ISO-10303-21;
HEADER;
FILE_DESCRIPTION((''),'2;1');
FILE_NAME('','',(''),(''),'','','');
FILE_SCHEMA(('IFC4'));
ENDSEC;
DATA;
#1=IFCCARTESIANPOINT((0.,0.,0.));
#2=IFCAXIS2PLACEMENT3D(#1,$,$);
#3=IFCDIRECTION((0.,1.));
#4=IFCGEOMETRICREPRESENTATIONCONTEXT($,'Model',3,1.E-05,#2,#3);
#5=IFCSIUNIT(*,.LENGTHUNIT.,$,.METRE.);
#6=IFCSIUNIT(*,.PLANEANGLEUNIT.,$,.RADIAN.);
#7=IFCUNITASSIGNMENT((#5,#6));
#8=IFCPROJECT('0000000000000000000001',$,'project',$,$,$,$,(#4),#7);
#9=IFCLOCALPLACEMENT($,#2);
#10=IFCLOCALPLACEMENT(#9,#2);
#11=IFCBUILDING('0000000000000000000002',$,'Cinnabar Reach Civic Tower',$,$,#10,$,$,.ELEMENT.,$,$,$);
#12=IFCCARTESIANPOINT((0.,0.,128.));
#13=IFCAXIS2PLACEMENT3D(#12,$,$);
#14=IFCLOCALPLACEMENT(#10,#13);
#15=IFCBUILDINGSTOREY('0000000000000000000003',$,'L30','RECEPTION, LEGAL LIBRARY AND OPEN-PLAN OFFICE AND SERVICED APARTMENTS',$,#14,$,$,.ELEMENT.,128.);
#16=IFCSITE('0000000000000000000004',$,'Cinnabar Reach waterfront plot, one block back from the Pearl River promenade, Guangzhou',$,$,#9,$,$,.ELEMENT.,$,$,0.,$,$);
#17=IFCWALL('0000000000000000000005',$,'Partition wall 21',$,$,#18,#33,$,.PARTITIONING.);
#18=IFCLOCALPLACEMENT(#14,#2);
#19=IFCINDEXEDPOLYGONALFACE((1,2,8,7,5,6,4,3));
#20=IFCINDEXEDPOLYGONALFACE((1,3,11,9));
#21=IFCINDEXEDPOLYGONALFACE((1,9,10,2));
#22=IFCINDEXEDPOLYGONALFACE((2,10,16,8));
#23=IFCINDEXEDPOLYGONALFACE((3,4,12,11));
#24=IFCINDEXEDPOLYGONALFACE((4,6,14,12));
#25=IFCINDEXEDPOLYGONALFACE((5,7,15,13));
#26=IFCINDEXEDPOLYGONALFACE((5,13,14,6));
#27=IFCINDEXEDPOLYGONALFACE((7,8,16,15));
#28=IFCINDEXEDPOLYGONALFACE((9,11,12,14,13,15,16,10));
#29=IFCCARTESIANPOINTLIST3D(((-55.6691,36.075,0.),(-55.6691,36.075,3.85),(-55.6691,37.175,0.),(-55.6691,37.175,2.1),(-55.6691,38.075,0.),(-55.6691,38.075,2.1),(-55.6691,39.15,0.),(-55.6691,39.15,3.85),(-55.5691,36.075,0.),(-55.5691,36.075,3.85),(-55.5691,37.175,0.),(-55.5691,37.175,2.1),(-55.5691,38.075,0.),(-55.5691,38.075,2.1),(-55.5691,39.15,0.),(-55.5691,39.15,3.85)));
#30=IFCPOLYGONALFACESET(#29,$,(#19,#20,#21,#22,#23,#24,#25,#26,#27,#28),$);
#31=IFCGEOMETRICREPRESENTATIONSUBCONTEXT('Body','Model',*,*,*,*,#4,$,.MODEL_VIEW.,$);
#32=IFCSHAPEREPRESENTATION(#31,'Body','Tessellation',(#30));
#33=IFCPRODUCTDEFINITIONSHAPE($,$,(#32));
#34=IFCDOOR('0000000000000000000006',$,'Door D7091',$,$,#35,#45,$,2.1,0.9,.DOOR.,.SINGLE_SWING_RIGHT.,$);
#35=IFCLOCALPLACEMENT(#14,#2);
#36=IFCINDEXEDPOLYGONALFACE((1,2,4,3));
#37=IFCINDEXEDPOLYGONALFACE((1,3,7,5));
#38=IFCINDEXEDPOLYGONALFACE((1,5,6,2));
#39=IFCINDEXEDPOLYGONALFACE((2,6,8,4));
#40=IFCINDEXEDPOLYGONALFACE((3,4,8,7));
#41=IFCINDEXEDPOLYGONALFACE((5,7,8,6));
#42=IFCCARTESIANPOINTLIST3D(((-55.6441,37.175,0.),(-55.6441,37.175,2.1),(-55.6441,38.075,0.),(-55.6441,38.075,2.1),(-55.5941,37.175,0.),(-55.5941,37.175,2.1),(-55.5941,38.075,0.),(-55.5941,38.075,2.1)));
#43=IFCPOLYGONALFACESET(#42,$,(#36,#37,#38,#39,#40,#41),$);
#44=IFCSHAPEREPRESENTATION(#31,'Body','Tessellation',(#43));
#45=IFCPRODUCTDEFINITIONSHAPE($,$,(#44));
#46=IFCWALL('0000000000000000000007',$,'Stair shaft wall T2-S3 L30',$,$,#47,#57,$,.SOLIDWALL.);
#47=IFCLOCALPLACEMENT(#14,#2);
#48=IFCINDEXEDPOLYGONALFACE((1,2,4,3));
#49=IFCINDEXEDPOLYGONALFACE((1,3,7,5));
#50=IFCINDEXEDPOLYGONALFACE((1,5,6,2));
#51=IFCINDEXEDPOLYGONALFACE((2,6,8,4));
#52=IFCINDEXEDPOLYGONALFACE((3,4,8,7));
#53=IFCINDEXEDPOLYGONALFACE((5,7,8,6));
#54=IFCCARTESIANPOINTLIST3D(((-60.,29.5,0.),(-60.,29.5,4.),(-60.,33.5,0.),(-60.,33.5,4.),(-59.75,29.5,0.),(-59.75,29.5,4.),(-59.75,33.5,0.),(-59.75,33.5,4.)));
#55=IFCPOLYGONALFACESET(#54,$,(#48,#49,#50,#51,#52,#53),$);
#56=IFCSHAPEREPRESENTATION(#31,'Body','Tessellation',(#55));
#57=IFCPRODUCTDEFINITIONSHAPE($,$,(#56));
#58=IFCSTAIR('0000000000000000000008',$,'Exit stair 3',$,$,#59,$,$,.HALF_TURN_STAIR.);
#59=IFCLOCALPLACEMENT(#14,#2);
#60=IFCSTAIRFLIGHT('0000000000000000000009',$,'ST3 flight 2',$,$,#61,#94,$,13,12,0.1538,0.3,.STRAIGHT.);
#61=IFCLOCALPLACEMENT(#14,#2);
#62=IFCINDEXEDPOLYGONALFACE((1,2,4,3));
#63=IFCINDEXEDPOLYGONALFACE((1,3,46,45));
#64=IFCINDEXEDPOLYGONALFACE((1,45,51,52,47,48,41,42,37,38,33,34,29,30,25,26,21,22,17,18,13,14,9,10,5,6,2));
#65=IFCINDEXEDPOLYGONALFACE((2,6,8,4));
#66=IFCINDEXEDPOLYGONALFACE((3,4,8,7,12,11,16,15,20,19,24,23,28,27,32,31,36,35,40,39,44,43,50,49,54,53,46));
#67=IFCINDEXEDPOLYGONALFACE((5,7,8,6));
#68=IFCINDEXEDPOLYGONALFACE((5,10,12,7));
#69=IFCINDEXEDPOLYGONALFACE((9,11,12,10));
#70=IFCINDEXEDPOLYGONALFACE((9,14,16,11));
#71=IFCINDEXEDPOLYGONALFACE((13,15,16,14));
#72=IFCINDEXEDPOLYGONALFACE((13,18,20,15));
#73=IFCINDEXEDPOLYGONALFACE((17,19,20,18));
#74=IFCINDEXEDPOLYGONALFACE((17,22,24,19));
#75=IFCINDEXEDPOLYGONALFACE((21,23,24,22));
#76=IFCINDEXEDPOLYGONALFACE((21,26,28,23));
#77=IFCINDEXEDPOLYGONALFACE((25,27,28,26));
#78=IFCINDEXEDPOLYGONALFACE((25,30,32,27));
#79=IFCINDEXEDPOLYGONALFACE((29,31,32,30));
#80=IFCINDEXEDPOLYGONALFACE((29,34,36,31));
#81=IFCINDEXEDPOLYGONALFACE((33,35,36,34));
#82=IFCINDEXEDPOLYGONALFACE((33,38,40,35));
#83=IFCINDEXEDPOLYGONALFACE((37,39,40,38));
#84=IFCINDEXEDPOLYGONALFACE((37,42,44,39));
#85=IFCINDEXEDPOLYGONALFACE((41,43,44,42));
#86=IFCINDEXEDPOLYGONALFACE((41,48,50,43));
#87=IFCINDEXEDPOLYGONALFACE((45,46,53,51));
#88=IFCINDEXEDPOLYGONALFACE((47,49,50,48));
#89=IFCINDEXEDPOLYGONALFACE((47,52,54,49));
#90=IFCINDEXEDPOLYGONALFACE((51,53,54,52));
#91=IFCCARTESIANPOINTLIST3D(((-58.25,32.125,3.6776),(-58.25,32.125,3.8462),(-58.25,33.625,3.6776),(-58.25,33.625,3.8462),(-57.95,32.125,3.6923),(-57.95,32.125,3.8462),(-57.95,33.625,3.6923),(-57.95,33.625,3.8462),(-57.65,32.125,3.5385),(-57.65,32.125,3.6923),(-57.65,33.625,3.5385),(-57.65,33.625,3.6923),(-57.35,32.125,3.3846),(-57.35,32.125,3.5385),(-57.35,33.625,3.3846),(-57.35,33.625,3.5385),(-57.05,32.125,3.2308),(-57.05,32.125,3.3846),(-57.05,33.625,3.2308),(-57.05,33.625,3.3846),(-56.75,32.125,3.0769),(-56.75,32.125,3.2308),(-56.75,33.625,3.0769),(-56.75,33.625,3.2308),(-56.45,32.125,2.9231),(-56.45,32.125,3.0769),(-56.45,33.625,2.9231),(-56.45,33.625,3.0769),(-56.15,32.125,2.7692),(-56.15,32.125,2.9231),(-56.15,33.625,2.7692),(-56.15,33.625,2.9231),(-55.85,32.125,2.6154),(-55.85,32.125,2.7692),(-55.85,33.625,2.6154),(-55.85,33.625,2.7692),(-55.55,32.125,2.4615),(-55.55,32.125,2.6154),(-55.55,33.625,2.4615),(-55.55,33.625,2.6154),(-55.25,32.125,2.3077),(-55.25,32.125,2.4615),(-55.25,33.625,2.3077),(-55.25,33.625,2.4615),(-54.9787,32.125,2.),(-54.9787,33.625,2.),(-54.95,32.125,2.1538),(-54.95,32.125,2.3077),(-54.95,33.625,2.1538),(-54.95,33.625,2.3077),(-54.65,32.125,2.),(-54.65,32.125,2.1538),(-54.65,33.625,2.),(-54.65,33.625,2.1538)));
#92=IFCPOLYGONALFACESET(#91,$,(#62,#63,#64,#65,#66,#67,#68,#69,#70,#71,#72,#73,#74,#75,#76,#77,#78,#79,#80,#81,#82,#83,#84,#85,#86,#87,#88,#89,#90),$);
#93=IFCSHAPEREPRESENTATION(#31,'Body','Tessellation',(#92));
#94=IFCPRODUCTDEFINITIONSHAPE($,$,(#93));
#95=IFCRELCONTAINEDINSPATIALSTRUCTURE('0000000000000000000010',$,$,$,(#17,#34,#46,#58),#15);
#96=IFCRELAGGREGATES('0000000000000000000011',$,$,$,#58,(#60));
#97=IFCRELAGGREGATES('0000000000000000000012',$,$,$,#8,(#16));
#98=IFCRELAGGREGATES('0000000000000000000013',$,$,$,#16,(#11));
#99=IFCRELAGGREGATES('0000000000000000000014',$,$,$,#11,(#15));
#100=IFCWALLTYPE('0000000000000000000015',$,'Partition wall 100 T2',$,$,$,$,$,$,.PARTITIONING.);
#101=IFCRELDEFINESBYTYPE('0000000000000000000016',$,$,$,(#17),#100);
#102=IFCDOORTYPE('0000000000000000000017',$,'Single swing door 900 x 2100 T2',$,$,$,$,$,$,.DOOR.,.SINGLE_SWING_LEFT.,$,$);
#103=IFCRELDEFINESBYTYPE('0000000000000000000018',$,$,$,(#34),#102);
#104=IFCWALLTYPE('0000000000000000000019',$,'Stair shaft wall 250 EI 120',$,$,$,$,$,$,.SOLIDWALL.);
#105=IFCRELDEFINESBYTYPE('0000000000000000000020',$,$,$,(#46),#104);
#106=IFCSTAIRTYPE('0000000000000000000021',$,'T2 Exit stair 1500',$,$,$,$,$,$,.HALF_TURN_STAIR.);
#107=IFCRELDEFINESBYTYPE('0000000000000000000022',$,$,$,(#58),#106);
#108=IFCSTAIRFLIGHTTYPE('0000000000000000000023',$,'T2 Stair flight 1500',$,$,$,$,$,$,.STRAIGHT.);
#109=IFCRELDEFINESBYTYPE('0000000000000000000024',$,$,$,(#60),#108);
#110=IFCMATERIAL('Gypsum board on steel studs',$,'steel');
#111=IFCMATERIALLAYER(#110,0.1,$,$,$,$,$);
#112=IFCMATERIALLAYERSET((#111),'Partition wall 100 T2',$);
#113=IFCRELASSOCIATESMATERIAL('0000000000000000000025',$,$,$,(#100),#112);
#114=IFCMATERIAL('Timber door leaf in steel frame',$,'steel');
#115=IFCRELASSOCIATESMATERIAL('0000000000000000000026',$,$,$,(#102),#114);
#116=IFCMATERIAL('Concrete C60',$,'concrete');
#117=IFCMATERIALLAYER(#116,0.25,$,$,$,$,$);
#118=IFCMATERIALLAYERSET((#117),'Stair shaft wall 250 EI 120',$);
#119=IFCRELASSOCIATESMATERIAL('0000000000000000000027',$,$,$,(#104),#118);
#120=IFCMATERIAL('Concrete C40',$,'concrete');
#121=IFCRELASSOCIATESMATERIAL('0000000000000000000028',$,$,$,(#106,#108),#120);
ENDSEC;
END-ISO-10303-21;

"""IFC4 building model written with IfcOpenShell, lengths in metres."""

from ifc_helpers import new_model, si_unit, direction, frame, frame_2d, origin, place, context, subcontext, project, spatial, polyline, rectangle, outline, extrude, material, layer, layer_set, type_object, element, fill, aggregate, save


model = new_model("IFC4")

# Units and contexts
model_context = context("Model", 3, precision=1e-05, world=origin(), true_north=direction((0.0, 1.0)))
body_context = subcontext(model_context, "Body", "Model", "MODEL_VIEW")
ifc_project = project(units=[si_unit("LENGTHUNIT", "METRE"), si_unit("PLANEANGLEUNIT", "RADIAN")], contexts=[model_context])

# Site, building, storey
site_placement = place(None, origin())
site = spatial("IfcSite", under=ifc_project, at=site_placement, Name="Cinnabar Reach waterfront plot, one block back from the Pearl River promenade, Guangzhou", CompositionType="ELEMENT", RefElevation=0.0)
building_placement = place(site_placement, origin())
building = spatial("IfcBuilding", under=site, at=building_placement, Name="Cinnabar Reach Civic Tower", CompositionType="ELEMENT")
storey_placement = place(building_placement, frame((0.0, 0.0, 128.0)))
storey = spatial("IfcBuildingStorey", under=building, at=storey_placement, Name="L30", Description="RECEPTION, LEGAL LIBRARY AND OPEN-PLAN OFFICE AND SERVICED APARTMENTS", CompositionType="ELEMENT", Elevation=128.0)

# Shared definitions
ifc_material_1 = material(Name="Concrete C60", Category="concrete")

# Wall, opening, door
ifc_material_2 = material(Name="Gypsum board on steel studs", Category="steel")
ifc_layer_1 = layer(ifc_material_2, 0.1)
ifc_layer_set_1 = layer_set([ifc_layer_1], Name="Partition wall 100 T2")
wall_type_1 = type_object("IfcWallType", Name="Partition wall 100 T2", PredefinedType="PARTITIONING", material=ifc_layer_set_1)
wall_1_placement = place(storey_placement, frame((-55.6191, 36.075, 0.0), z_axis=(0.0, 0.0, 1.0), x_axis=(0.0, 1.0, 0.0)))
wall_1 = element("IfcWall", 1, at=wall_1_placement, inside=storey, type_object=wall_type_1, Name="Partition wall 21", PredefinedType="PARTITIONING", context=body_context, shape_type="SweptSolid", body=[
    extrude(rectangle(XDim=3.075, YDim=0.1, at=frame_2d((1.5375, 0.0))), origin(), (0.0, 0.0, 1.0), 3.85),
])
opening_placement = place(wall_1_placement, frame((1.1, 0.0, 0.0)))
opening = element("IfcOpeningElement", 2, at=opening_placement, cuts=wall_1, PredefinedType="OPENING", context=body_context, shape_type="SweptSolid", body=[
    extrude(rectangle(XDim=0.9, YDim=2.1, at=frame_2d((0.45, 1.05))), frame((0.0, 0.06, 0.0), z_axis=(0.0, -1.0, 0.0), x_axis=(1.0, 0.0, 0.0)), (0.0, 0.0, 1.0), 0.12),
])
ifc_material_3 = material(Name="Timber door leaf in steel frame", Category="steel")
door_type = type_object("IfcDoorType", Name="Single swing door 900 x 2100 T2", OperationType="SINGLE_SWING_LEFT", PredefinedType="DOOR", material=ifc_material_3)
door_placement = place(opening_placement, origin())
door = element("IfcDoor", 3, at=door_placement, inside=storey, type_object=door_type, Name="Door D7091", OperationType="SINGLE_SWING_RIGHT", OverallHeight=2.1, OverallWidth=0.9, PredefinedType="DOOR", context=body_context, shape_type="SweptSolid", body=[
    extrude(rectangle(XDim=0.9, YDim=2.1, at=frame_2d((0.45, 1.05))), frame((0.0, 0.025, 0.0), z_axis=(0.0, -1.0, 0.0), x_axis=(1.0, 0.0, 0.0)), (0.0, 0.0, 1.0), 0.05),
])
fill(opening, door)

# Wall
ifc_layer_2 = layer(ifc_material_1, 0.25)
ifc_layer_set_2 = layer_set([ifc_layer_2], Name="Stair shaft wall 250 EI 120")
wall_type_2 = type_object("IfcWallType", Name="Stair shaft wall 250 EI 120", PredefinedType="SOLIDWALL", material=ifc_layer_set_2)
wall_2_placement = place(storey_placement, frame((-59.875, 33.5, 0.0), z_axis=(0.0, 0.0, 1.0), x_axis=(0.0, -1.0, 0.0)))
element("IfcWall", 4, at=wall_2_placement, inside=storey, type_object=wall_type_2, Name="Stair shaft wall T2-S3 L30", PredefinedType="SOLIDWALL", context=body_context, shape_type="SweptSolid", body=[
    extrude(rectangle(XDim=4.0, YDim=0.25, at=frame_2d((2.0, 0.0))), origin(), (0.0, 0.0, 1.0), 4.0),
])

# Stair, stair flight
ifc_material_4 = material(Name="Concrete C40", Category="concrete")
stair_type = type_object("IfcStairType", Name="T2 Exit stair 1500", PredefinedType="HALF_TURN_STAIR", material=ifc_material_4)
stair_placement = place(storey_placement, origin())
stair = element("IfcStair", 5, at=stair_placement, inside=storey, type_object=stair_type, Name="Exit stair 3", PredefinedType="HALF_TURN_STAIR")
stair_flight_type = type_object("IfcStairFlightType", Name="T2 Stair flight 1500", PredefinedType="STRAIGHT", material=ifc_material_4)
stair_flight_placement = place(storey_placement, frame((-54.65, 32.875, 2.0), z_axis=(0.0, 0.0, 1.0), x_axis=(-1.0, 0.0, 0.0)))
stair_flight = element("IfcStairFlight", 6, at=stair_flight_placement, type_object=stair_flight_type, Name="ST3 flight 2", NumberOfRisers=13, NumberOfTreads=12, PredefinedType="STRAIGHT", RiserHeight=0.1538, TreadLength=0.3, context=body_context, shape_type="SweptSolid", body=[
    extrude(outline(polyline([(0.0, 0.0), (0.0, 0.1538), (0.3, 0.1538), (0.3, 0.3077), (0.6, 0.3077), (0.6, 0.4615), (0.9, 0.4615), (0.9, 0.6154), (1.2, 0.6154), (1.2, 0.7692), (1.5, 0.7692), (1.5, 0.9231), (1.8, 0.9231), (1.8, 1.0769), (2.1, 1.0769), (2.1, 1.2308), (2.4, 1.2308), (2.4, 1.3846), (2.7, 1.3846), (2.7, 1.5385), (3.0, 1.5385), (3.0, 1.6923), (3.3, 1.6923), (3.3, 1.8462), (3.6, 1.8462), (3.6, 2.0), (3.6, 1.6776), (0.3287, 0.0), (0.0, 0.0)])), frame((0.0, 0.75, 0.0), z_axis=(0.0, -1.0, 0.0), x_axis=(1.0, 0.0, 0.0)), (0.0, 0.0, 1.0), 1.5),
])
aggregate(stair, [stair_flight])

save(model, "model.ifc")
